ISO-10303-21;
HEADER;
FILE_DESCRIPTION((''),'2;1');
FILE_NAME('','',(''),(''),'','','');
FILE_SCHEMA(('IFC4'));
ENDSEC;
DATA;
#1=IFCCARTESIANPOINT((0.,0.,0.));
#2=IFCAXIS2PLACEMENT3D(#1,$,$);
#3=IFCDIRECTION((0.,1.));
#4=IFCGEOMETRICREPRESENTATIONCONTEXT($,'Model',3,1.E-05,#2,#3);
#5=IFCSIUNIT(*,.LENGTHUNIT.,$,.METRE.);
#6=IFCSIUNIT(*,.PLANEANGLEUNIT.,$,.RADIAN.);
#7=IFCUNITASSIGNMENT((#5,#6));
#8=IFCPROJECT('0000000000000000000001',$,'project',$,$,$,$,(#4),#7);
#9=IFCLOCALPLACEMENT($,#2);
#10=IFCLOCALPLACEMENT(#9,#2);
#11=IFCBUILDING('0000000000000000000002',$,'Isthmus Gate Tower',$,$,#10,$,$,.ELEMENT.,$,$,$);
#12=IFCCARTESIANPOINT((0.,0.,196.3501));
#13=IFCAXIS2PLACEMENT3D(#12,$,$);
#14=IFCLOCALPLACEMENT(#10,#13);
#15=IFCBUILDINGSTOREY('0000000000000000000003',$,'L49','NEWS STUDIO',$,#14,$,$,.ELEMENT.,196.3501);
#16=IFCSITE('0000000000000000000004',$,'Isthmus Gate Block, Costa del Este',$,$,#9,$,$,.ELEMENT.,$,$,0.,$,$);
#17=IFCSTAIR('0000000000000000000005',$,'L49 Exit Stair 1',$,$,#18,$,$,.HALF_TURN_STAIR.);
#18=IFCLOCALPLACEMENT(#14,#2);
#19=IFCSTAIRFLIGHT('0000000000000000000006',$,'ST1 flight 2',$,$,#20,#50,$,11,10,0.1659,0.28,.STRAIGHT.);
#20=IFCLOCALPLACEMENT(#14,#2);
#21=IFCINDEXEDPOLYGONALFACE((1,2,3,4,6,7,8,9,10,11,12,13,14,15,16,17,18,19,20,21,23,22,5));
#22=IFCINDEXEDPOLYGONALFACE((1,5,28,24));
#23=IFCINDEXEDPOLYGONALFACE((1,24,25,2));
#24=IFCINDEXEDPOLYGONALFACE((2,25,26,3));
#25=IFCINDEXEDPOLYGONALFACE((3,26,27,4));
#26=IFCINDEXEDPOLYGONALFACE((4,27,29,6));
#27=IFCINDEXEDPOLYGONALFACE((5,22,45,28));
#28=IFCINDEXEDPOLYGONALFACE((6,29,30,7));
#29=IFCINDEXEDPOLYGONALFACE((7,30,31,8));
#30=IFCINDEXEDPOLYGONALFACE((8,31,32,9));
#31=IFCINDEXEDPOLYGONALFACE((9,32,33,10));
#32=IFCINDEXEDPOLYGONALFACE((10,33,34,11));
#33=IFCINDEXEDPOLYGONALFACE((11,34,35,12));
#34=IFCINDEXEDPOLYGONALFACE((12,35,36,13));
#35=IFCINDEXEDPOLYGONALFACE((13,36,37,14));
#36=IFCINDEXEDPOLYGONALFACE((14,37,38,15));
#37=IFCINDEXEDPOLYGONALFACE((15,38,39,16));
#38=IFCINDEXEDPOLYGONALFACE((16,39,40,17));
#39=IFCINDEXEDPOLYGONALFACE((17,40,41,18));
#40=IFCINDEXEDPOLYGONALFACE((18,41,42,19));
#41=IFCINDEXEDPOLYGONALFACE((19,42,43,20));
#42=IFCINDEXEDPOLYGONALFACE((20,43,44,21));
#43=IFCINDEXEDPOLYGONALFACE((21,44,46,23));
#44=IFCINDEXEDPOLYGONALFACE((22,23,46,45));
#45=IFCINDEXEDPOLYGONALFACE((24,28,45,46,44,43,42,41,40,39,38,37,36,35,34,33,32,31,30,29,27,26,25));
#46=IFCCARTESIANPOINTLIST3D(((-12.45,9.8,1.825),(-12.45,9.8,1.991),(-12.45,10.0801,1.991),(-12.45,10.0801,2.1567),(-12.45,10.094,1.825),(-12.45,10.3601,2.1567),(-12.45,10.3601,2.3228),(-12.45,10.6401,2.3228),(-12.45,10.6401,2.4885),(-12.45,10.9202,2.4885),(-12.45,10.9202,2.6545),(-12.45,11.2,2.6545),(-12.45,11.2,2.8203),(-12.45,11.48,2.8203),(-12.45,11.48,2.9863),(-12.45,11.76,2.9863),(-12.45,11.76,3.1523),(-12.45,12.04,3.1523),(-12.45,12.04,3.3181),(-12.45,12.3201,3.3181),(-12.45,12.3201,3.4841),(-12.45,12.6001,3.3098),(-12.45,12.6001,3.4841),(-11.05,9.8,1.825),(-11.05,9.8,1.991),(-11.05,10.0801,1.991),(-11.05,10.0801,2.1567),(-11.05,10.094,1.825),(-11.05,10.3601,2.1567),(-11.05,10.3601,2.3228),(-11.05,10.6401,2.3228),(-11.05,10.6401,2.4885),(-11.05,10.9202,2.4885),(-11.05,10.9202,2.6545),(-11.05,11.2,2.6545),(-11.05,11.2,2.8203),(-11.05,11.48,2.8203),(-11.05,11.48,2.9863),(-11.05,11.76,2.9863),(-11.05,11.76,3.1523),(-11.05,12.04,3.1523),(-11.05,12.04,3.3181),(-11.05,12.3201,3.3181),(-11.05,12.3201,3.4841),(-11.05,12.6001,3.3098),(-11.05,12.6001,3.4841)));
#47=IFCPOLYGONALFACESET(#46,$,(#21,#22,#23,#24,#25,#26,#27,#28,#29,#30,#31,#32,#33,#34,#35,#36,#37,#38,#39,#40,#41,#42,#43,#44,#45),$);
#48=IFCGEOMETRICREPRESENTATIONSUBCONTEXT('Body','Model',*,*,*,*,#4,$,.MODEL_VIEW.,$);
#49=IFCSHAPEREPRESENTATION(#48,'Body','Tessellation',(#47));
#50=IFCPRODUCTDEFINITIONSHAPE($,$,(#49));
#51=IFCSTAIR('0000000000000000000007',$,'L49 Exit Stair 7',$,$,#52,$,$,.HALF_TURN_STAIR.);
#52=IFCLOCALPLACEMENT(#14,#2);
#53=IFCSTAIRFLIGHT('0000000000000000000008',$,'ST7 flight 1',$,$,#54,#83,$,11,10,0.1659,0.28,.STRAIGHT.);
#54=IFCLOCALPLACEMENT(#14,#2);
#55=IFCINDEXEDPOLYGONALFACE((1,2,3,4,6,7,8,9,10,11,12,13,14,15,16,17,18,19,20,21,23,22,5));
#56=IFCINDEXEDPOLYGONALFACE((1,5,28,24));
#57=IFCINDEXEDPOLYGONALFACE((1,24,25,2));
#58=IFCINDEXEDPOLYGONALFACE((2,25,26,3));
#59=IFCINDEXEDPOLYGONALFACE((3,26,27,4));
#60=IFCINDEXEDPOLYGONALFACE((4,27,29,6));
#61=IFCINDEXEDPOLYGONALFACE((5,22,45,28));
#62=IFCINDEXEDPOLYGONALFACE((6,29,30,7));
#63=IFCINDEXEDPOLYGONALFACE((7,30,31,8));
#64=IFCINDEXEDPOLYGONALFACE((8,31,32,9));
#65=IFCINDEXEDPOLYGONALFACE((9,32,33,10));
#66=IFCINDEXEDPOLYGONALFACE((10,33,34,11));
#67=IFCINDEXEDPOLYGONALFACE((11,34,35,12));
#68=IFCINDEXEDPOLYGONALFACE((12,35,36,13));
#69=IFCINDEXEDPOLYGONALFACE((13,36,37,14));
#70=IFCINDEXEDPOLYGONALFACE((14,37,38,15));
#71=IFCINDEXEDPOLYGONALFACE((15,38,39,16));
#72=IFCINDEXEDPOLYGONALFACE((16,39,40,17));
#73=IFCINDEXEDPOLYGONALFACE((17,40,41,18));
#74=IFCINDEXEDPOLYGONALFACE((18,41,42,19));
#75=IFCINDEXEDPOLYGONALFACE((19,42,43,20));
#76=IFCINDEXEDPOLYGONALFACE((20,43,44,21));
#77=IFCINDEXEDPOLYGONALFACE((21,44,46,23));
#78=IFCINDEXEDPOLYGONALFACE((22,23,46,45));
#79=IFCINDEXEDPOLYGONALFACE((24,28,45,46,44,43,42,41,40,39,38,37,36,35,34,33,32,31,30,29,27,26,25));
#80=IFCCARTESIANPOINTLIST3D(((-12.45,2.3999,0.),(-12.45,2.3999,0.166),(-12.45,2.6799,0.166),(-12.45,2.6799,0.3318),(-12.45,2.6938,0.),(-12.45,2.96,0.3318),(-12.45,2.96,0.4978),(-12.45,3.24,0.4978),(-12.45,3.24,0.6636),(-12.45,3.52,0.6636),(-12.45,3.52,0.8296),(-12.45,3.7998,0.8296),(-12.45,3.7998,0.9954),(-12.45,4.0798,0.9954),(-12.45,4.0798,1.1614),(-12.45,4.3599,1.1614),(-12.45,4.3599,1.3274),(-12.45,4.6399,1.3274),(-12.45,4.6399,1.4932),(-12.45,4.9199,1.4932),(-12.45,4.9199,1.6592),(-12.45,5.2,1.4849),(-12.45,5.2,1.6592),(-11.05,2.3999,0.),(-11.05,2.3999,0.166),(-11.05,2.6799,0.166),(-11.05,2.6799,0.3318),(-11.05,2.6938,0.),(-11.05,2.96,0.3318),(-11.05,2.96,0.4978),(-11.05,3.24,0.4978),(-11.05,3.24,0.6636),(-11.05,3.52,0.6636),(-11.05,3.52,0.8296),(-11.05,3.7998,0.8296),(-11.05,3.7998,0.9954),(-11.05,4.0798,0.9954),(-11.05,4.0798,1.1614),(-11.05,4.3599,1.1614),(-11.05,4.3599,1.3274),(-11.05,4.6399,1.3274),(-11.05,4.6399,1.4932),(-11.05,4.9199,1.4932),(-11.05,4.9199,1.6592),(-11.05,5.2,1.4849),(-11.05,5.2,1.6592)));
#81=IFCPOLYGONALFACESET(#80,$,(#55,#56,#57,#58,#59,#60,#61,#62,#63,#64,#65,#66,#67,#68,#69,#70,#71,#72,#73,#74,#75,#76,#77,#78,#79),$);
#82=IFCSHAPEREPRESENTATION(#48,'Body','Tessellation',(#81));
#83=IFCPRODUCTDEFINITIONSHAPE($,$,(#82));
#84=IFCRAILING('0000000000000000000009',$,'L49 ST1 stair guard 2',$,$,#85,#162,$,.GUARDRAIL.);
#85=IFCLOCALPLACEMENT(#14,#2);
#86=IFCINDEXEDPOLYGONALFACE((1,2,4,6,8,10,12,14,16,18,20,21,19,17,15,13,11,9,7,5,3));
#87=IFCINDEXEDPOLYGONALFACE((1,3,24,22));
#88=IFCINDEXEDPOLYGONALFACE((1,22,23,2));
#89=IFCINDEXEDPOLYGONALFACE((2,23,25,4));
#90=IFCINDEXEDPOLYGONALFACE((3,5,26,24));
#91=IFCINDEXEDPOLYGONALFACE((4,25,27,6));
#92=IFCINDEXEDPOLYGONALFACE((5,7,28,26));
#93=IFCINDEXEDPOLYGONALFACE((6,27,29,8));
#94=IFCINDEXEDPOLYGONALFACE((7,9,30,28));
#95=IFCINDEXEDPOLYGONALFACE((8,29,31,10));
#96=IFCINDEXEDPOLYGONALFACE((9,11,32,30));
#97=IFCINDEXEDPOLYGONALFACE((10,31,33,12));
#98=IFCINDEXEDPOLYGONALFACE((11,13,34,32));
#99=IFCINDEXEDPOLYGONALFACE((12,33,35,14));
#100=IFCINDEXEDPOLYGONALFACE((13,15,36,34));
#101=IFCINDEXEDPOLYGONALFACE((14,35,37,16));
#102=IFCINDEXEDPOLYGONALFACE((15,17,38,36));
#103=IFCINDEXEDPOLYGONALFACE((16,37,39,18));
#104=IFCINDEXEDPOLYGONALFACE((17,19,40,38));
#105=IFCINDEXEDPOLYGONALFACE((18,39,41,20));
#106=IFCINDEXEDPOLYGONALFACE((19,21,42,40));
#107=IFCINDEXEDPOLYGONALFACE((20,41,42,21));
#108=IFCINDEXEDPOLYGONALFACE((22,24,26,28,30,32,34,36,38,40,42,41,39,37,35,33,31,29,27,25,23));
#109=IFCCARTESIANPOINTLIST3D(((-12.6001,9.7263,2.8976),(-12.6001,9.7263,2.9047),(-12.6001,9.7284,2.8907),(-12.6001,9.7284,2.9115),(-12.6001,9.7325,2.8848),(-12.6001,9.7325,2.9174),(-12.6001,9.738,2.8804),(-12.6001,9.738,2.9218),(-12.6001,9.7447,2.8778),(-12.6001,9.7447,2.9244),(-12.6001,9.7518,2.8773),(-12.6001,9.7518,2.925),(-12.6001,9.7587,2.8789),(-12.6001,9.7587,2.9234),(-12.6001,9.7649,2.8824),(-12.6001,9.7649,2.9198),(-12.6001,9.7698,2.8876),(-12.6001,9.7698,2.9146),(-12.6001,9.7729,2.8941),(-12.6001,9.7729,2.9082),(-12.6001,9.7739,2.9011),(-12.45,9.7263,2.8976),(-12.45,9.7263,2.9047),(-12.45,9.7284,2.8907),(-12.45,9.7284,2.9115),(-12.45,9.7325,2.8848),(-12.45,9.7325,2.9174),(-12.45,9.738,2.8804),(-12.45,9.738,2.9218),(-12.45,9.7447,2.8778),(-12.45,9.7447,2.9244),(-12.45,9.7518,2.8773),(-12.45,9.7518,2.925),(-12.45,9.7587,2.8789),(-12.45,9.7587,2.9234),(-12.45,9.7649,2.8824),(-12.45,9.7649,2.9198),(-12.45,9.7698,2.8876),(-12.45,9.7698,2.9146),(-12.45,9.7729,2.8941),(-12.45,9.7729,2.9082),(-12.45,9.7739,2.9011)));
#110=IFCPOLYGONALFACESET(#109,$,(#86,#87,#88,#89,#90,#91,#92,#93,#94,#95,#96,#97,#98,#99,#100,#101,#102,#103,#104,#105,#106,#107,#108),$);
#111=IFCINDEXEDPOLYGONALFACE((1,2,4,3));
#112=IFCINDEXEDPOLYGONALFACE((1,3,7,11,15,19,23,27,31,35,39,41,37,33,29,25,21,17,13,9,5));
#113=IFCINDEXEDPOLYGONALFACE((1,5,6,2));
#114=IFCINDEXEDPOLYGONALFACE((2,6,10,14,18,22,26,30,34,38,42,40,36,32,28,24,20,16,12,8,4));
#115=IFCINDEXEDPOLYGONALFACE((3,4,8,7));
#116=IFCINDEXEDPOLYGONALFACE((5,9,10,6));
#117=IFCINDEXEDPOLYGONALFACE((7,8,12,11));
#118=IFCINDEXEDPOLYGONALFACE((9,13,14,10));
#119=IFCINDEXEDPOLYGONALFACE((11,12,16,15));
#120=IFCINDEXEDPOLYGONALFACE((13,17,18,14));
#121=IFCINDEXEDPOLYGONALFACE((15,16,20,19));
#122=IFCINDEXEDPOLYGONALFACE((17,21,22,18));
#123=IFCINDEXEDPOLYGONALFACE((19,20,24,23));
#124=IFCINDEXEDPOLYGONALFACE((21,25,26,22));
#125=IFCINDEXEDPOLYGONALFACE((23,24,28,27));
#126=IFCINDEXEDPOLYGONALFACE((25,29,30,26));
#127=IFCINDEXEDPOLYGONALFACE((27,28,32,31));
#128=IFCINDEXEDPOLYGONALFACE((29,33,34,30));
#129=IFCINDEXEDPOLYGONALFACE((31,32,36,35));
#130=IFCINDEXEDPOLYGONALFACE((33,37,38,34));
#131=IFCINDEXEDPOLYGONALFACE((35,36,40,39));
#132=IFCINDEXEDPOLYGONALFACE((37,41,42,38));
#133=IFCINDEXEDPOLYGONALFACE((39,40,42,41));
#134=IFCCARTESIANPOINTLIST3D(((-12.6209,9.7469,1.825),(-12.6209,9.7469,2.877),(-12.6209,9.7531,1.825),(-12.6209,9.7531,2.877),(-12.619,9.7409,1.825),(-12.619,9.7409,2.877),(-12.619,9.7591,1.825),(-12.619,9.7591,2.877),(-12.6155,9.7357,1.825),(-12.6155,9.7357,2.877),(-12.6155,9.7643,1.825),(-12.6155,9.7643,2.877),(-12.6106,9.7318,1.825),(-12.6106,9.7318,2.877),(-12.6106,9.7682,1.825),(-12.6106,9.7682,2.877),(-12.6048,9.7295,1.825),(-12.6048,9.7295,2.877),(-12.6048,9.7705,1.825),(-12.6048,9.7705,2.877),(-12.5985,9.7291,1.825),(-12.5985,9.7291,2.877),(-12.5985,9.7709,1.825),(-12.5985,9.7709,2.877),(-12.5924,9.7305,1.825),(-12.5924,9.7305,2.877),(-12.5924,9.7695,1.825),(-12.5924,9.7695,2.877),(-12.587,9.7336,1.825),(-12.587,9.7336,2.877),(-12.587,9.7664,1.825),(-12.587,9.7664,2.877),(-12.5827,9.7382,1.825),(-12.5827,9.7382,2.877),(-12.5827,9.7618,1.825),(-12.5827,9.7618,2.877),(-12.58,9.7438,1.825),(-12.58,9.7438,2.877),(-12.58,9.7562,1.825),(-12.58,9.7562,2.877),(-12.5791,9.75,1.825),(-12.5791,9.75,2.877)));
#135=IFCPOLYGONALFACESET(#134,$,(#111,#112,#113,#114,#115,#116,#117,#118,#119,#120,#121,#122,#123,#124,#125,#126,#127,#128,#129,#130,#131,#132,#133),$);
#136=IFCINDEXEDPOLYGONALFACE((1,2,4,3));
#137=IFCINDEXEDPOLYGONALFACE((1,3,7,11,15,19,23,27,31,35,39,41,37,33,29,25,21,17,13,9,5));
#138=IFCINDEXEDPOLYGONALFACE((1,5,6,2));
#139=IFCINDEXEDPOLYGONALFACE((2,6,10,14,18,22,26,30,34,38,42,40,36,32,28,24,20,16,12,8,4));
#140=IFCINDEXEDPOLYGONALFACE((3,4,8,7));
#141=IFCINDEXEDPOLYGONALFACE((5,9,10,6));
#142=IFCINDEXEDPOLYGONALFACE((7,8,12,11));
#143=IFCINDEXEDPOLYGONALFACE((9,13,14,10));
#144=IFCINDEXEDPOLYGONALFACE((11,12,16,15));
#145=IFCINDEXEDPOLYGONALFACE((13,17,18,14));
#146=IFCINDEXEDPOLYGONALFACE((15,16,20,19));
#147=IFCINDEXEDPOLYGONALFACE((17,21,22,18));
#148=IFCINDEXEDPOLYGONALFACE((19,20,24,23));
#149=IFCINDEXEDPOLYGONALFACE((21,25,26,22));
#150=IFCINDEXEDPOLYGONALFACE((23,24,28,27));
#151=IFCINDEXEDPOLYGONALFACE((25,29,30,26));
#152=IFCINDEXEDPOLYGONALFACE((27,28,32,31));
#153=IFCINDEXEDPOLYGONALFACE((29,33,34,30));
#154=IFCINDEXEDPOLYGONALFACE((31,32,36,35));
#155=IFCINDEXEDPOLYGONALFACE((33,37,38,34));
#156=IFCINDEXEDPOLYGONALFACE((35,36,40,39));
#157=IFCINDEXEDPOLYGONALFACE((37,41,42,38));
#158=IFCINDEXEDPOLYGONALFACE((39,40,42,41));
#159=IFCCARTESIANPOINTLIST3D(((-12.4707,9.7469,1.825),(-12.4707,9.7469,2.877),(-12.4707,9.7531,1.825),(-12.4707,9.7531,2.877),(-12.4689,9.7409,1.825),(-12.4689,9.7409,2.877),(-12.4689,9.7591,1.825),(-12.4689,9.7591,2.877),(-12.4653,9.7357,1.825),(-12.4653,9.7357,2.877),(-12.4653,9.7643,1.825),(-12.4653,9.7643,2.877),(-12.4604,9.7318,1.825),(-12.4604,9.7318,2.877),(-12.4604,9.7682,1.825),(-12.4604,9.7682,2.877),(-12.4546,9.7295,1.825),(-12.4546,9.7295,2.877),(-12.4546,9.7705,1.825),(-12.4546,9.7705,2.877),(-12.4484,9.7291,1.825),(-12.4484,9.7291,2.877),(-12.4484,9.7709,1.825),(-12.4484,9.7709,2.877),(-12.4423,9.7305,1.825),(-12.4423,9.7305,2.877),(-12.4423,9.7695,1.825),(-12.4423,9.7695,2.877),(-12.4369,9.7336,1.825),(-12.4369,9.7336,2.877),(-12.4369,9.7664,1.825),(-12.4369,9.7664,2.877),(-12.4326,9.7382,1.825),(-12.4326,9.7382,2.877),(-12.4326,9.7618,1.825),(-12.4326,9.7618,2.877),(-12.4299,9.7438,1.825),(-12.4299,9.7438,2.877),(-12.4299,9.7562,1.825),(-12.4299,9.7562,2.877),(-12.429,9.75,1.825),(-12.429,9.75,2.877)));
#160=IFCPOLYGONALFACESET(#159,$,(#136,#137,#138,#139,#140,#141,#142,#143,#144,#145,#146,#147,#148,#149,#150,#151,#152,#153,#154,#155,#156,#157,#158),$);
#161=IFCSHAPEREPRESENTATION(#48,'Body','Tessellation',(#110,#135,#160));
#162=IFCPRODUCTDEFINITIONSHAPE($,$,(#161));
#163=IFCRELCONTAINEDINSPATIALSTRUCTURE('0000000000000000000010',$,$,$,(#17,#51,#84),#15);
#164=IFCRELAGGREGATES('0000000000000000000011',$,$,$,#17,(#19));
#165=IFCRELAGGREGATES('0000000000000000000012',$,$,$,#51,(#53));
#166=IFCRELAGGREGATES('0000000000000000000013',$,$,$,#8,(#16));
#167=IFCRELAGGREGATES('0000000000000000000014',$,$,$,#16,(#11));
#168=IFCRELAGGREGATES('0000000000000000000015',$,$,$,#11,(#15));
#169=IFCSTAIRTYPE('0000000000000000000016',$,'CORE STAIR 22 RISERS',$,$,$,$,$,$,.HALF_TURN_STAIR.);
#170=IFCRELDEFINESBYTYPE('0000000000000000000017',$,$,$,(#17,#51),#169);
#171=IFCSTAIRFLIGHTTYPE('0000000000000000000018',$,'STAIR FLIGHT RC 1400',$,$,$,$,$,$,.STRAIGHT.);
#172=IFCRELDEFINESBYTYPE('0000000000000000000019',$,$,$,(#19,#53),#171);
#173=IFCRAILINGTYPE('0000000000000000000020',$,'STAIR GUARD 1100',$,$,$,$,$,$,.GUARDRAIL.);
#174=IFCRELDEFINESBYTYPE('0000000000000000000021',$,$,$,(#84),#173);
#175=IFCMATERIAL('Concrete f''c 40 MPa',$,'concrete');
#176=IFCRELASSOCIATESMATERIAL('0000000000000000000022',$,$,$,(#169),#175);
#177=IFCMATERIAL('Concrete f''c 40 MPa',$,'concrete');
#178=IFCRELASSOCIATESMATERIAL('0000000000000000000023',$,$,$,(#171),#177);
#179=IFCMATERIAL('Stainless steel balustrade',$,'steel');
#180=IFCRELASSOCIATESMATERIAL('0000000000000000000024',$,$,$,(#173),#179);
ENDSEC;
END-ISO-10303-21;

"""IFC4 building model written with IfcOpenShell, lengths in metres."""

from ifc_helpers import new_model, si_unit, direction, frame, origin, origin_2d, place, context, subcontext, project, spatial, polyline, circle, outline, extrude, material, type_object, element, aggregate, save


model = new_model("IFC4")

# Units and contexts
model_context = context("Model", 3, precision=1e-05, world=origin(), true_north=direction((0.0, 1.0)))
body_context = subcontext(model_context, "Body", "Model", "MODEL_VIEW")
ifc_project = project(units=[si_unit("LENGTHUNIT", "METRE"), si_unit("PLANEANGLEUNIT", "RADIAN")], contexts=[model_context])

# Site, building, storey
site_placement = place(None, origin())
site = spatial("IfcSite", under=ifc_project, at=site_placement, Name="Isthmus Gate Block, Costa del Este", CompositionType="ELEMENT", RefElevation=0.0)
building_placement = place(site_placement, origin())
building = spatial("IfcBuilding", under=site, at=building_placement, Name="Isthmus Gate Tower", CompositionType="ELEMENT")
storey_placement = place(building_placement, frame((0.0, 0.0, 196.3501)))
storey = spatial("IfcBuildingStorey", under=building, at=storey_placement, Name="L49", Description="NEWS STUDIO", CompositionType="ELEMENT", Elevation=196.3501)

# Stairs, stair flights
ifc_material_1 = material(Name="Concrete f'c 40 MPa", Category="concrete")
stair_type = type_object("IfcStairType", Name="CORE STAIR 22 RISERS", PredefinedType="HALF_TURN_STAIR", material=ifc_material_1)
stair_1_placement = place(storey_placement, origin())
stair_1 = element("IfcStair", 1, at=stair_1_placement, inside=storey, type_object=stair_type, Name="L49 Exit Stair 1", PredefinedType="HALF_TURN_STAIR")
ifc_material_2 = material(Name="Concrete f'c 40 MPa", Category="concrete")
stair_flight_type = type_object("IfcStairFlightType", Name="STAIR FLIGHT RC 1400", PredefinedType="STRAIGHT", material=ifc_material_2)
stair_flight_1_placement = place(storey_placement, frame((-11.75, 9.8, 1.825), z_axis=(0.0, 0.0, 1.0), x_axis=(0.0, 1.0, 0.0)))
stair_flight_1 = element("IfcStairFlight", 2, at=stair_flight_1_placement, type_object=stair_flight_type, Name="ST1 flight 2", NumberOfRisers=11, NumberOfTreads=10, PredefinedType="STRAIGHT", RiserHeight=0.1659, TreadLength=0.28, context=body_context, shape_type="SweptSolid", body=[
    extrude(outline(polyline([(0.0, 0.0), (0.0, 0.166), (0.28, 0.166), (0.28, 0.3318), (0.5601, 0.3318), (0.5601, 0.4978), (0.8401, 0.4978), (0.8401, 0.6636), (1.1201, 0.6636), (1.1201, 0.8296), (1.3999, 0.8296), (1.3999, 0.9954), (1.6799, 0.9954), (1.6799, 1.1614), (1.96, 1.1614), (1.96, 1.3274), (2.24, 1.3274), (2.24, 1.4932), (2.52, 1.4932), (2.52, 1.6592), (2.8, 1.6592), (2.8, 1.825), (2.8, 1.4849), (0.2939, 0.0), (0.0, 0.0)])), frame((0.0, 0.7, 0.0), z_axis=(0.0, -1.0, 0.0), x_axis=(1.0, 0.0, 0.0)), (0.0, 0.0, 1.0), 1.3999),
])
aggregate(stair_1, [stair_flight_1])
stair_2_placement = place(storey_placement, origin())
stair_2 = element("IfcStair", 3, at=stair_2_placement, inside=storey, type_object=stair_type, Name="L49 Exit Stair 7", PredefinedType="HALF_TURN_STAIR")
stair_flight_2_placement = place(storey_placement, frame((-11.75, 2.3999, 0.0), z_axis=(0.0, 0.0, 1.0), x_axis=(0.0, 1.0, 0.0)))
stair_flight_2 = element("IfcStairFlight", 4, at=stair_flight_2_placement, type_object=stair_flight_type, Name="ST7 flight 1", NumberOfRisers=11, NumberOfTreads=10, PredefinedType="STRAIGHT", RiserHeight=0.1659, TreadLength=0.28, context=body_context, shape_type="SweptSolid", body=[
    extrude(outline(polyline([(0.0, 0.0), (0.0, 0.166), (0.28, 0.166), (0.28, 0.3318), (0.5601, 0.3318), (0.5601, 0.4978), (0.8401, 0.4978), (0.8401, 0.6636), (1.1201, 0.6636), (1.1201, 0.8296), (1.3999, 0.8296), (1.3999, 0.9954), (1.6799, 0.9954), (1.6799, 1.1614), (1.96, 1.1614), (1.96, 1.3274), (2.24, 1.3274), (2.24, 1.4932), (2.52, 1.4932), (2.52, 1.6592), (2.8, 1.6592), (2.8, 1.825), (2.8, 1.4849), (0.2939, 0.0), (0.0, 0.0)])), frame((0.0, 0.7, 0.0), z_axis=(0.0, -1.0, 0.0), x_axis=(1.0, 0.0, 0.0)), (0.0, 0.0, 1.0), 1.3999),
])
aggregate(stair_2, [stair_flight_2])

# Railing
ifc_material_3 = material(Name="Stainless steel balustrade", Category="steel")
railing_type_1 = type_object("IfcRailingType", Name="STAIR GUARD 1100", PredefinedType="GUARDRAIL", material=ifc_material_3)
railing_1_placement = place(storey_placement, frame((-12.6001, 9.75, 1.825)))
element("IfcRailing", 5, at=railing_1_placement, inside=storey, type_object=railing_type_1, Name="L49 ST1 stair guard 2", PredefinedType="GUARDRAIL", context=body_context, shape_type="SweptSolid", body=[
    extrude(circle(Radius=0.0239, at=origin_2d()), frame((0.0, 0.0, 1.0762), z_axis=(1.0, 0.0, 0.0), x_axis=(0.0, 1.0, 0.0)), (0.0, 0.0, 1.0), 0.1501),
    extrude(circle(Radius=0.021, at=origin_2d()), origin(), (0.0, 0.0, 1.0), 1.052),
    extrude(circle(Radius=0.021, at=origin_2d()), frame((0.1501, 0.0, 0.0)), (0.0, 0.0, 1.0), 1.052),
])

save(model, "model.ifc")
